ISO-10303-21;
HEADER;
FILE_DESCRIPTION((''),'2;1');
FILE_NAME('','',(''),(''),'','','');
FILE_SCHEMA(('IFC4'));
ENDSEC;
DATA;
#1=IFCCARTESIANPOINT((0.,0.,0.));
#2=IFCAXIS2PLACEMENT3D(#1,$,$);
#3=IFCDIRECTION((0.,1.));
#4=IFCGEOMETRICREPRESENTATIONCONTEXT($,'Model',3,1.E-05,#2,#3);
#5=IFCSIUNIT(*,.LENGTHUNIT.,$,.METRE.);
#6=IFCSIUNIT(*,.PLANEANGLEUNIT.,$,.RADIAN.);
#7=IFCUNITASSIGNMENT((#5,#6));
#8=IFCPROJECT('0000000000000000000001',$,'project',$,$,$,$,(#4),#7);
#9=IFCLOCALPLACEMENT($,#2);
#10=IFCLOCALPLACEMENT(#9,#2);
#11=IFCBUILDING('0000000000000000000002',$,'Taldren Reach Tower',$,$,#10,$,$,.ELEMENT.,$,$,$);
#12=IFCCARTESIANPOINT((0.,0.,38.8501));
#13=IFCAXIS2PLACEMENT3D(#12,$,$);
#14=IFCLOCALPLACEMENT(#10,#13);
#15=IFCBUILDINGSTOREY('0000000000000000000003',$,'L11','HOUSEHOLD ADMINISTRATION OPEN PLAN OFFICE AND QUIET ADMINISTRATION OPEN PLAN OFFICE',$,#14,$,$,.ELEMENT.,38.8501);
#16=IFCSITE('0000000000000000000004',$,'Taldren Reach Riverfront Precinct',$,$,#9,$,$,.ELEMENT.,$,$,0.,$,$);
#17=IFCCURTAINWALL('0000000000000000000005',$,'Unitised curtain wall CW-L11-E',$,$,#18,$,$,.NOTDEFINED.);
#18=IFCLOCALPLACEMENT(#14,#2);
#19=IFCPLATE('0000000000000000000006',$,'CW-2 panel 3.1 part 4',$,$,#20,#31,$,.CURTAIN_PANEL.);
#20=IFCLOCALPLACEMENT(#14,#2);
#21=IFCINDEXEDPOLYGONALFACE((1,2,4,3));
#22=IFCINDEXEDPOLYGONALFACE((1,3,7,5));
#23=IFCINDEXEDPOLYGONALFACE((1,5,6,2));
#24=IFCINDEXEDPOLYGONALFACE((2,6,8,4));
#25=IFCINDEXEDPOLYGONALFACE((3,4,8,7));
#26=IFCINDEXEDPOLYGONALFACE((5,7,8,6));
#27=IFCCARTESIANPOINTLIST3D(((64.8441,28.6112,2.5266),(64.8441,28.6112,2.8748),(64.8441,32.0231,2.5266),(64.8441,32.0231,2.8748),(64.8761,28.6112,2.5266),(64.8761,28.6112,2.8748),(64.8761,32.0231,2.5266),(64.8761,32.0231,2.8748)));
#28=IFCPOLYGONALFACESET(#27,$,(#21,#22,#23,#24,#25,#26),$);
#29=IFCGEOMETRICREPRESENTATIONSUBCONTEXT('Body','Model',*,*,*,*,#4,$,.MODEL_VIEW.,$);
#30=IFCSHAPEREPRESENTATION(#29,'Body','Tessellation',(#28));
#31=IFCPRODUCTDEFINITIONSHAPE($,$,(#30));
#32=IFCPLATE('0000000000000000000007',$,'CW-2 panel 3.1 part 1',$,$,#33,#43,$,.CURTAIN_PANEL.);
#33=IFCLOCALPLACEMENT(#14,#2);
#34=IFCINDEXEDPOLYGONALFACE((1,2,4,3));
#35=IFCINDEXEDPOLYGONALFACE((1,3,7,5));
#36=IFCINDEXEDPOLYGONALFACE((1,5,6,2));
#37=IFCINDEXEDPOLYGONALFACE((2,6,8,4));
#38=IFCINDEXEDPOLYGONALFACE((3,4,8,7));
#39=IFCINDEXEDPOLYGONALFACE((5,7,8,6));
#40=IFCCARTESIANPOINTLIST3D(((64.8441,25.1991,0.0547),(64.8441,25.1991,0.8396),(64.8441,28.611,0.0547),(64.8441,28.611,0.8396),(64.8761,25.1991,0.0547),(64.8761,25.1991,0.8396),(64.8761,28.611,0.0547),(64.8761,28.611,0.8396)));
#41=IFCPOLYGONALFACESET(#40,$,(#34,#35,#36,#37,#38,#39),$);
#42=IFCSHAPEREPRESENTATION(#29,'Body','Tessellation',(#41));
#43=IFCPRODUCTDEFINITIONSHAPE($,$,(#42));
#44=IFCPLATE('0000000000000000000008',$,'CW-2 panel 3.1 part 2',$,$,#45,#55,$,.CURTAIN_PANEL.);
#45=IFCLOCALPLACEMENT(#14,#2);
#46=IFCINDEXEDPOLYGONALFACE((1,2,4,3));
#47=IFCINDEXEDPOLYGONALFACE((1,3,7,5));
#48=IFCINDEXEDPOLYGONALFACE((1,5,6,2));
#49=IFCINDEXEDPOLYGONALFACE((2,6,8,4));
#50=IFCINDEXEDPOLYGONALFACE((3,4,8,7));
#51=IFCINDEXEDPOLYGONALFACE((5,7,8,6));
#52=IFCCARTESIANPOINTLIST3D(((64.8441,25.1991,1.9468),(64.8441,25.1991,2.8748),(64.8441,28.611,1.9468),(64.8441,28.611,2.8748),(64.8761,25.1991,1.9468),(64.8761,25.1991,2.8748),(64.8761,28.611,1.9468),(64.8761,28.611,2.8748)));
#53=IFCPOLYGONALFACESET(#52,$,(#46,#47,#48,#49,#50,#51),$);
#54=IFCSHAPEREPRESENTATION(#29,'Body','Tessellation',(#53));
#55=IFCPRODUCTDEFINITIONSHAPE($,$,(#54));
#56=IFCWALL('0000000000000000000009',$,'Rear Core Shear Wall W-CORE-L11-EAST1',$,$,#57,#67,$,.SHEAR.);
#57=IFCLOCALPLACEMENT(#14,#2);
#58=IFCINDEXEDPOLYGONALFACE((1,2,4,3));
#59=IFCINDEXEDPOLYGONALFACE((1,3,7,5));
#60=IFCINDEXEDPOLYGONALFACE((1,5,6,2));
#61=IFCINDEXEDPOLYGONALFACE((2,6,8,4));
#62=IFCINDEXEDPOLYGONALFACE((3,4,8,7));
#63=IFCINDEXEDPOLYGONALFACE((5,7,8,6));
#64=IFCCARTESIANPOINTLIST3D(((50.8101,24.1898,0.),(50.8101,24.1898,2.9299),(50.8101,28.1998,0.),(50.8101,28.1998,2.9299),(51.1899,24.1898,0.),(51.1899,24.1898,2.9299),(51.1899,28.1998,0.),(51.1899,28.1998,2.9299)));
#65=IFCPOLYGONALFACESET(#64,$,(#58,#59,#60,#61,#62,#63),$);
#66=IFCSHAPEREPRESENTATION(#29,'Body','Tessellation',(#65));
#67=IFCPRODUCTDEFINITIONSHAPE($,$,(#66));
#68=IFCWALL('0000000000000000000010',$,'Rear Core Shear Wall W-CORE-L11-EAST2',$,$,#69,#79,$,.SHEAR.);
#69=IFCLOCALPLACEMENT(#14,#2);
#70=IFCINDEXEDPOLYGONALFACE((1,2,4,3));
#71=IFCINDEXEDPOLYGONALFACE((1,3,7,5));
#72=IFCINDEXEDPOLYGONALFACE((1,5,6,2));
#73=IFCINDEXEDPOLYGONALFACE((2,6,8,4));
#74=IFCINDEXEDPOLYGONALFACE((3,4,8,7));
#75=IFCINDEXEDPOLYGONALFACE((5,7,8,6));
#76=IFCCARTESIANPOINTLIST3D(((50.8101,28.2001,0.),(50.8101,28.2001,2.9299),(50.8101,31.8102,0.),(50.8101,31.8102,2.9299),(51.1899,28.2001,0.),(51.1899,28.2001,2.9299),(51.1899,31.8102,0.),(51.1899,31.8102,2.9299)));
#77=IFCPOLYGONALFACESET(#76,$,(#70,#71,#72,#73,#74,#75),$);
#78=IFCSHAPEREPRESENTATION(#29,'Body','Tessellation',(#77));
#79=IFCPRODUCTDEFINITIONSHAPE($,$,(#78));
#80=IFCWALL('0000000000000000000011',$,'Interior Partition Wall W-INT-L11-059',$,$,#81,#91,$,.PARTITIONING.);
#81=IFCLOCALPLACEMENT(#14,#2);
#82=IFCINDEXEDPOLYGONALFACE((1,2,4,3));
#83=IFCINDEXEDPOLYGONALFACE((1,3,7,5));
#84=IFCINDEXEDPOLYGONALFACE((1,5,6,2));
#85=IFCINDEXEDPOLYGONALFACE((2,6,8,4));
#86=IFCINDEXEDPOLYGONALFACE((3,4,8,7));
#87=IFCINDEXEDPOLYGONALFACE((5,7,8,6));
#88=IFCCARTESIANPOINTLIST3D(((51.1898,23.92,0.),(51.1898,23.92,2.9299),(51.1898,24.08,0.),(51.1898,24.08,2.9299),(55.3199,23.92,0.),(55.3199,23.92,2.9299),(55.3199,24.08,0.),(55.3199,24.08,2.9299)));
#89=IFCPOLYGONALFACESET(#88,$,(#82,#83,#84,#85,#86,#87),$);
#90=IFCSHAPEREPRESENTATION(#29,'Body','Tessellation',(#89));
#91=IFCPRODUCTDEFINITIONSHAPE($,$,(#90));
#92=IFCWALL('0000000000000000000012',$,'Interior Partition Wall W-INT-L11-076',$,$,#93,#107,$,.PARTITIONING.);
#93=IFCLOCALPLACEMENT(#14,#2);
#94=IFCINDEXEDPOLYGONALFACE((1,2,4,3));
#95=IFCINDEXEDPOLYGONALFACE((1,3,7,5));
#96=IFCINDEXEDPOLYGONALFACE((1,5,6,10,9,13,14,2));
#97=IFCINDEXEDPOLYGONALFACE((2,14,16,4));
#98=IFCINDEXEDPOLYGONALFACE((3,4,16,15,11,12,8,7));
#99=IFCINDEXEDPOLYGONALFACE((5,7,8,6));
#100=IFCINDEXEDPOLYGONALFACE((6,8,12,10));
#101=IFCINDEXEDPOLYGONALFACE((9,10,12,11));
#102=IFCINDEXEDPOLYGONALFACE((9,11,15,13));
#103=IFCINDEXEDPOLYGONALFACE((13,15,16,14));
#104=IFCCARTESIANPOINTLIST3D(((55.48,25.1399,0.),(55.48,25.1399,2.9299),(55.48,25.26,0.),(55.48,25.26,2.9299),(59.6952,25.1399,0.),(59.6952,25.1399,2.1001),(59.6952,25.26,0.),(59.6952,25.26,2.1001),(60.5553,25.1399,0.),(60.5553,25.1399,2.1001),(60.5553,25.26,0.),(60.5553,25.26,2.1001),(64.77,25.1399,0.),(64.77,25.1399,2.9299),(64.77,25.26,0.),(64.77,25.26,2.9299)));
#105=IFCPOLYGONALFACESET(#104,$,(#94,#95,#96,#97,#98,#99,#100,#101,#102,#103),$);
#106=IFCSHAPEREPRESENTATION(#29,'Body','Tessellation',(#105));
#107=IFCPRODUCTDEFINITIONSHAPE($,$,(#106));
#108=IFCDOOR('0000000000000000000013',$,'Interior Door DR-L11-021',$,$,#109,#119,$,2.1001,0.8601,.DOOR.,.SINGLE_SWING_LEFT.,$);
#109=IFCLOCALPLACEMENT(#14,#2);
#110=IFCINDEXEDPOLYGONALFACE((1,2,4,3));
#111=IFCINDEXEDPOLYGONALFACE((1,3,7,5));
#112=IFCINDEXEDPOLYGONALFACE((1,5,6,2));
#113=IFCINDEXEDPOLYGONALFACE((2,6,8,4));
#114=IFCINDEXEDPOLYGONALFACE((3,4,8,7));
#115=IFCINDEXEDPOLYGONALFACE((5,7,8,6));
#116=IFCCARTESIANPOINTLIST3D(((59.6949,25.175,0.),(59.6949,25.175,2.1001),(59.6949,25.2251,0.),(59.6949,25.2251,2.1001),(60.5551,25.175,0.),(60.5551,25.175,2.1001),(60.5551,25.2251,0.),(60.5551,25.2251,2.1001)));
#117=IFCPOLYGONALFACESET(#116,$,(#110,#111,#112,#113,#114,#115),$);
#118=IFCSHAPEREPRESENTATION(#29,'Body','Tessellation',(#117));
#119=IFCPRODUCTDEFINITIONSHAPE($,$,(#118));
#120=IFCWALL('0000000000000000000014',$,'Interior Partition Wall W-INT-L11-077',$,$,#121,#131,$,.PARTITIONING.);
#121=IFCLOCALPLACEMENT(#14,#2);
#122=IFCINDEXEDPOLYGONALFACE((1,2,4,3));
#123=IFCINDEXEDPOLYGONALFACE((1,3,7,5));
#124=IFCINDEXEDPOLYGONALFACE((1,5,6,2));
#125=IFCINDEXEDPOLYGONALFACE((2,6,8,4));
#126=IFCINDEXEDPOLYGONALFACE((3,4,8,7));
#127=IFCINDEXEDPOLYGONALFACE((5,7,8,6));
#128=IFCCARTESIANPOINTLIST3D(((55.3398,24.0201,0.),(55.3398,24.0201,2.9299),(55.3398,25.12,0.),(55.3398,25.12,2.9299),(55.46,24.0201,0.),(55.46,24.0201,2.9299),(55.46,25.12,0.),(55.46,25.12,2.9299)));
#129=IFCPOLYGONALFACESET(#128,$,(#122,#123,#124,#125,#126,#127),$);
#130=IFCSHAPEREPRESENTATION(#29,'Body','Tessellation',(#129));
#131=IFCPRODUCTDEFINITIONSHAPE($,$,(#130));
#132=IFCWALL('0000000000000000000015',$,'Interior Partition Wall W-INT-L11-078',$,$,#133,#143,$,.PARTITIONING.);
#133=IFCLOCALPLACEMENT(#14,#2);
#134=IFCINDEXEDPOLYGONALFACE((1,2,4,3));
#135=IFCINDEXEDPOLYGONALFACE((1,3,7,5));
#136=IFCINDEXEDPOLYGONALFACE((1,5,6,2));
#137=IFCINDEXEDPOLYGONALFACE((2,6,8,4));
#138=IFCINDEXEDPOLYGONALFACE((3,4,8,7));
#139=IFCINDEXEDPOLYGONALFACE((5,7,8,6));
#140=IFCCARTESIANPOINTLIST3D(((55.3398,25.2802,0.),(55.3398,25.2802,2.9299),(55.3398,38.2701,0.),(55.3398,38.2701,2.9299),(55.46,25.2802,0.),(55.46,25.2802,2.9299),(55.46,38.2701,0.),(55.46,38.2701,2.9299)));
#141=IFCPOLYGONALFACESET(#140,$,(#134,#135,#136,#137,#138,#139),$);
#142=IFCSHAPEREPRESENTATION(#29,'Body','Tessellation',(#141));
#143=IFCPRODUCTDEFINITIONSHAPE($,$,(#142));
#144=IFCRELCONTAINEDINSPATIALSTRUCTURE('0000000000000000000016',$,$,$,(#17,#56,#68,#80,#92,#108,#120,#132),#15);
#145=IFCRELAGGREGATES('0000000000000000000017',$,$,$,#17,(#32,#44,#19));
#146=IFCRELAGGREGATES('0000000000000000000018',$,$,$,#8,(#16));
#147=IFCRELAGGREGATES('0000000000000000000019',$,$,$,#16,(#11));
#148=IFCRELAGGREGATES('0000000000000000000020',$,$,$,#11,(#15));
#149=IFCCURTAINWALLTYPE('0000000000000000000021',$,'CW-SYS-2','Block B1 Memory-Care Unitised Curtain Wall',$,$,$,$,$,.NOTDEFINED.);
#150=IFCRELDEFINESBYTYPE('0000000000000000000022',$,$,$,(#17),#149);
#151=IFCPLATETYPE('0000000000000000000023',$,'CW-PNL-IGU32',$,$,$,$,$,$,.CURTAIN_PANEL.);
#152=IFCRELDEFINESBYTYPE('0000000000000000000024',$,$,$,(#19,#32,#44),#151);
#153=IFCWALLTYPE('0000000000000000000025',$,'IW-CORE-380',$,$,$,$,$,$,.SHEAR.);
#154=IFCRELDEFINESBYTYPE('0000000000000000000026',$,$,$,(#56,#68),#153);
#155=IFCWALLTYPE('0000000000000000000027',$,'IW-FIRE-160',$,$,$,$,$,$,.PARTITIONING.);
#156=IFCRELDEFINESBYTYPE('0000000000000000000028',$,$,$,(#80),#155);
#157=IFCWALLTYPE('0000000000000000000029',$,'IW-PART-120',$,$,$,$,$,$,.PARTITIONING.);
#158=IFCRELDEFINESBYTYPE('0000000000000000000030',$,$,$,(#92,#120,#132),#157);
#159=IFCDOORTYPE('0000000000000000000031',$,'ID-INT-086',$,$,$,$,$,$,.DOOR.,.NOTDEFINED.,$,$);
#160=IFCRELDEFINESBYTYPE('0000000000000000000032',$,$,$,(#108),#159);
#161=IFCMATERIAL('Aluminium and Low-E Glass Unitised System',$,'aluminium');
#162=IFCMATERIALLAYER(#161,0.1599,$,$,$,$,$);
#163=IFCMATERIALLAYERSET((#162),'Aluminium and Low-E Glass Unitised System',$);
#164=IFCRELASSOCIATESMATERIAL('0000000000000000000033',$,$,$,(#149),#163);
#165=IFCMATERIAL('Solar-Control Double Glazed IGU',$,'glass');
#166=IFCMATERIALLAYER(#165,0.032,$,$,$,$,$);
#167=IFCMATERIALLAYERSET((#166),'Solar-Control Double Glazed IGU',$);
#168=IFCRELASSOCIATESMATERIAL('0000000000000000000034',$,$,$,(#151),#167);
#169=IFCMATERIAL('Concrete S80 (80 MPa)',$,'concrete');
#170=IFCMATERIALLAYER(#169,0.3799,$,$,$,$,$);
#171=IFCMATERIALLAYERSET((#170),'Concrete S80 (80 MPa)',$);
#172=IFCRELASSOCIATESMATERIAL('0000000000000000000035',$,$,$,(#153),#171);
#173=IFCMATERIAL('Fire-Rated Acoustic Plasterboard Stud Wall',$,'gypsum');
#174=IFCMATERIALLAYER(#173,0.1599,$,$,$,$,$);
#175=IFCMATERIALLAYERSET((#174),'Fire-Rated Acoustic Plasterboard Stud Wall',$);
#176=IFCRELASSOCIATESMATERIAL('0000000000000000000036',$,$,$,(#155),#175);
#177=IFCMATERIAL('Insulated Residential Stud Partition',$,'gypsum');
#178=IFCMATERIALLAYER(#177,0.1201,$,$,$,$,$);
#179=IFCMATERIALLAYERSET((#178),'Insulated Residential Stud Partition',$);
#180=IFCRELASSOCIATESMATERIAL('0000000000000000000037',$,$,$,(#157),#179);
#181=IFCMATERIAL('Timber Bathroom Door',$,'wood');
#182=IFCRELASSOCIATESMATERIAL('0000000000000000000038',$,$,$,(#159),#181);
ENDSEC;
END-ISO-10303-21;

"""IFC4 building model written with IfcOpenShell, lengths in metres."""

from ifc_helpers import new_model, si_unit, direction, frame, frame_2d, origin, origin_2d, place, context, subcontext, project, spatial, rectangle, extrude, source, transform, mapped, material, layer, layer_set, type_object, element, fill, aggregate, save


model = new_model("IFC4")

# Units and contexts
model_context = context("Model", 3, precision=1e-05, world=origin(), true_north=direction((0.0, 1.0)))
body_context = subcontext(model_context, "Body", "Model", "MODEL_VIEW")
ifc_project = project(units=[si_unit("LENGTHUNIT", "METRE"), si_unit("PLANEANGLEUNIT", "RADIAN")], contexts=[model_context])

# Site, building, storey
site_placement = place(None, origin())
site = spatial("IfcSite", under=ifc_project, at=site_placement, Name="Taldren Reach Riverfront Precinct", CompositionType="ELEMENT", RefElevation=0.0)
building_placement = place(site_placement, origin())
building = spatial("IfcBuilding", under=site, at=building_placement, Name="Taldren Reach Tower", CompositionType="ELEMENT")
storey_placement = place(building_placement, frame((0.0, 0.0, 38.8501)))
storey = spatial("IfcBuildingStorey", under=building, at=storey_placement, Name="L11", Description="HOUSEHOLD ADMINISTRATION OPEN PLAN OFFICE AND QUIET ADMINISTRATION OPEN PLAN OFFICE", CompositionType="ELEMENT", Elevation=38.8501)

# Curtain wall
ifc_material_1 = material(Name="Aluminium and Low-E Glass Unitised System", Category="aluminium")
ifc_layer_1 = layer(ifc_material_1, 0.1599)
ifc_layer_set_1 = layer_set([ifc_layer_1], Name="Aluminium and Low-E Glass Unitised System")
curtain_wall_type = type_object("IfcCurtainWallType", Name="CW-SYS-2", Description="Block B1 Memory-Care Unitised Curtain Wall", PredefinedType="NOTDEFINED", material=ifc_layer_set_1)
curtain_wall_placement = place(storey_placement, origin())
curtain_wall = element("IfcCurtainWall", 1, at=curtain_wall_placement, inside=storey, type_object=curtain_wall_type, Name="Unitised curtain wall CW-L11-E", PredefinedType="NOTDEFINED")

# Plates
ifc_material_2 = material(Name="Solar-Control Double Glazed IGU", Category="glass")
ifc_layer_2 = layer(ifc_material_2, 0.032)
ifc_layer_set_2 = layer_set([ifc_layer_2], Name="Solar-Control Double Glazed IGU")
plate_type_1 = type_object("IfcPlateType", Name="CW-PNL-IGU32", PredefinedType="CURTAIN_PANEL", material=ifc_layer_set_2)
shared_shape_1 = source(origin(), body_context, "Body", "SweptSolid", [
    extrude(rectangle(XDim=3.4119, YDim=0.032, at=origin_2d()), origin(), (0.0, 0.0, 1.0), 0.3481),
])
plate_1_placement = place(storey_placement, frame((64.8601, 30.3171, 2.5266), z_axis=(0.0, 0.0, 1.0), x_axis=(0.0, 1.0, 0.0)))
plate_1 = element("IfcPlate", 2, at=plate_1_placement, type_object=plate_type_1, Name="CW-2 panel 3.1 part 4", PredefinedType="CURTAIN_PANEL", context=body_context, shape_type="MappedRepresentation", body=[
    mapped(shared_shape_1, transform((0.0, 0.0, 0.0), scale=1.0)),
])
shared_shape_2 = source(origin(), body_context, "Body", "SweptSolid", [
    extrude(rectangle(XDim=3.4119, YDim=0.032, at=origin_2d()), origin(), (0.0, 0.0, 1.0), 0.7849),
])
plate_2_placement = place(storey_placement, frame((64.8601, 26.905, 0.0547), z_axis=(0.0, 0.0, 1.0), x_axis=(0.0, 1.0, 0.0)))
plate_2 = element("IfcPlate", 3, at=plate_2_placement, type_object=plate_type_1, Name="CW-2 panel 3.1 part 1", PredefinedType="CURTAIN_PANEL", context=body_context, shape_type="MappedRepresentation", body=[
    mapped(shared_shape_2, transform((0.0, 0.0, 0.0), scale=1.0)),
])
shared_shape_3 = source(origin(), body_context, "Body", "SweptSolid", [
    extrude(rectangle(XDim=3.4119, YDim=0.032, at=origin_2d()), origin(), (0.0, 0.0, 1.0), 0.928),
])
plate_3_placement = place(storey_placement, frame((64.8601, 26.905, 1.9468), z_axis=(0.0, 0.0, 1.0), x_axis=(0.0, 1.0, 0.0)))
plate_3 = element("IfcPlate", 4, at=plate_3_placement, type_object=plate_type_1, Name="CW-2 panel 3.1 part 2", PredefinedType="CURTAIN_PANEL", context=body_context, shape_type="MappedRepresentation", body=[
    mapped(shared_shape_3, transform((0.0, 0.0, 0.0), scale=1.0)),
])
aggregate(curtain_wall, [plate_2, plate_3, plate_1])

# Walls
ifc_material_3 = material(Name="Concrete S80 (80 MPa)", Category="concrete")
ifc_layer_3 = layer(ifc_material_3, 0.3799)
ifc_layer_set_3 = layer_set([ifc_layer_3], Name="Concrete S80 (80 MPa)")
wall_type_1 = type_object("IfcWallType", Name="IW-CORE-380", PredefinedType="SHEAR", material=ifc_layer_set_3)
shared_shape_4 = source(origin(), body_context, "Body", "SweptSolid", [
    extrude(rectangle(XDim=4.01, YDim=0.3799, at=frame_2d((2.0049, 0.0))), origin(), (0.0, 0.0, 1.0), 2.9299),
])
wall_1_placement = place(storey_placement, frame((51.0, 24.1899, 0.0), z_axis=(0.0, 0.0, 1.0), x_axis=(0.0, 1.0, 0.0)))
element("IfcWall", 5, at=wall_1_placement, inside=storey, type_object=wall_type_1, Name="Rear Core Shear Wall W-CORE-L11-EAST1", PredefinedType="SHEAR", context=body_context, shape_type="MappedRepresentation", body=[
    mapped(shared_shape_4, transform((0.0, 0.0, 0.0), scale=1.0)),
])
shared_shape_5 = source(origin(), body_context, "Body", "SweptSolid", [
    extrude(rectangle(XDim=3.6101, YDim=0.3799, at=frame_2d((1.8052, 0.0))), origin(), (0.0, 0.0, 1.0), 2.9299),
])
wall_2_placement = place(storey_placement, frame((51.0, 28.2, 0.0), z_axis=(0.0, 0.0, 1.0), x_axis=(0.0, 1.0, 0.0)))
element("IfcWall", 6, at=wall_2_placement, inside=storey, type_object=wall_type_1, Name="Rear Core Shear Wall W-CORE-L11-EAST2", PredefinedType="SHEAR", context=body_context, shape_type="MappedRepresentation", body=[
    mapped(shared_shape_5, transform((0.0, 0.0, 0.0), scale=1.0)),
])
ifc_material_4 = material(Name="Fire-Rated Acoustic Plasterboard Stud Wall", Category="gypsum")
ifc_layer_4 = layer(ifc_material_4, 0.1599)
ifc_layer_set_4 = layer_set([ifc_layer_4], Name="Fire-Rated Acoustic Plasterboard Stud Wall")
wall_type_2 = type_object("IfcWallType", Name="IW-FIRE-160", PredefinedType="PARTITIONING", material=ifc_layer_set_4)
shared_shape_6 = source(origin(), body_context, "Body", "SweptSolid", [
    extrude(rectangle(XDim=4.1301, YDim=0.1599, at=frame_2d((2.0649, 0.0))), origin(), (0.0, 0.0, 1.0), 2.9299),
])
wall_3_placement = place(storey_placement, frame((51.1899, 24.0, 0.0), z_axis=(0.0, 0.0, 1.0), x_axis=(1.0, 0.0, 0.0)))
element("IfcWall", 7, at=wall_3_placement, inside=storey, type_object=wall_type_2, Name="Interior Partition Wall W-INT-L11-059", PredefinedType="PARTITIONING", context=body_context, shape_type="MappedRepresentation", body=[
    mapped(shared_shape_6, transform((0.0, 0.0, 0.0), scale=1.0)),
])

# Wall, opening, door
ifc_material_5 = material(Name="Insulated Residential Stud Partition", Category="gypsum")
ifc_layer_5 = layer(ifc_material_5, 0.1201)
ifc_layer_set_5 = layer_set([ifc_layer_5], Name="Insulated Residential Stud Partition")
wall_type_3 = type_object("IfcWallType", Name="IW-PART-120", PredefinedType="PARTITIONING", material=ifc_layer_set_5)
shared_shape_7 = source(origin(), body_context, "Body", "SweptSolid", [
    extrude(rectangle(XDim=9.29, YDim=0.1201, at=frame_2d((4.645, 0.0))), origin(), (0.0, 0.0, 1.0), 2.9299),
])
wall_4_placement = place(storey_placement, frame((55.48, 25.2, 0.0), z_axis=(0.0, 0.0, 1.0), x_axis=(1.0, 0.0, 0.0)))
wall_4 = element("IfcWall", 8, at=wall_4_placement, inside=storey, type_object=wall_type_3, Name="Interior Partition Wall W-INT-L11-076", PredefinedType="PARTITIONING", context=body_context, shape_type="MappedRepresentation", body=[
    mapped(shared_shape_7, transform((0.0, 0.0, 0.0), scale=1.0)),
])
shared_shape_8 = source(origin(), body_context, "Body", "SweptSolid", [
    extrude(rectangle(XDim=0.8601, YDim=2.1001, at=frame_2d((0.4302, 1.05))), frame((0.0, 0.0701, 0.0), z_axis=(0.0, -1.0, 0.0), x_axis=(1.0, 0.0, 0.0)), (0.0, 0.0, 1.0), 0.1401),
])
opening_placement = place(wall_4_placement, frame((4.2151, 0.0, 0.0)))
opening = element("IfcOpeningElement", 9, at=opening_placement, cuts=wall_4, PredefinedType="OPENING", context=body_context, shape_type="MappedRepresentation", body=[
    mapped(shared_shape_8, transform((0.0, 0.0, 0.0), scale=1.0)),
])
ifc_material_6 = material(Name="Timber Bathroom Door", Category="wood")
door_type = type_object("IfcDoorType", Name="ID-INT-086", OperationType="NOTDEFINED", PredefinedType="DOOR", material=ifc_material_6)
shared_shape_9 = source(origin(), body_context, "Body", "SweptSolid", [
    extrude(rectangle(XDim=0.8601, YDim=2.1001, at=frame_2d((0.4302, 1.05))), frame((0.0, 0.0249, 0.0), z_axis=(0.0, -1.0, 0.0), x_axis=(1.0, 0.0, 0.0)), (0.0, 0.0, 1.0), 0.05),
])
door_placement = place(opening_placement, frame((0.8601, 0.0, 0.0), z_axis=(0.0, 0.0, 1.0), x_axis=(-1.0, 0.0, 0.0)))
door = element("IfcDoor", 10, at=door_placement, inside=storey, type_object=door_type, Name="Interior Door DR-L11-021", OperationType="SINGLE_SWING_LEFT", OverallHeight=2.1001, OverallWidth=0.8601, PredefinedType="DOOR", context=body_context, shape_type="MappedRepresentation", body=[
    mapped(shared_shape_9, transform((0.0, 0.0, 0.0), scale=1.0)),
])
fill(opening, door)

# Walls
shared_shape_10 = source(origin(), body_context, "Body", "SweptSolid", [
    extrude(rectangle(XDim=1.0999, YDim=0.1201, at=frame_2d((0.5498, 0.0))), origin(), (0.0, 0.0, 1.0), 2.9299),
])
wall_5_placement = place(storey_placement, frame((55.3999, 24.0203, 0.0), z_axis=(0.0, 0.0, 1.0), x_axis=(0.0, 1.0, 0.0)))
element("IfcWall", 11, at=wall_5_placement, inside=storey, type_object=wall_type_3, Name="Interior Partition Wall W-INT-L11-077", PredefinedType="PARTITIONING", context=body_context, shape_type="MappedRepresentation", body=[
    mapped(shared_shape_10, transform((0.0, 0.0, 0.0), scale=1.0)),
])
shared_shape_11 = source(origin(), body_context, "Body", "SweptSolid", [
    extrude(rectangle(XDim=12.99, YDim=0.1201, at=frame_2d((6.4951, 0.0))), origin(), (0.0, 0.0, 1.0), 2.9299),
])
wall_6_placement = place(storey_placement, frame((55.3999, 25.28, 0.0), z_axis=(0.0, 0.0, 1.0), x_axis=(0.0, 1.0, 0.0)))
element("IfcWall", 12, at=wall_6_placement, inside=storey, type_object=wall_type_3, Name="Interior Partition Wall W-INT-L11-078", PredefinedType="PARTITIONING", context=body_context, shape_type="MappedRepresentation", body=[
    mapped(shared_shape_11, transform((0.0, 0.0, 0.0), scale=1.0)),
])

save(model, "model.ifc")
